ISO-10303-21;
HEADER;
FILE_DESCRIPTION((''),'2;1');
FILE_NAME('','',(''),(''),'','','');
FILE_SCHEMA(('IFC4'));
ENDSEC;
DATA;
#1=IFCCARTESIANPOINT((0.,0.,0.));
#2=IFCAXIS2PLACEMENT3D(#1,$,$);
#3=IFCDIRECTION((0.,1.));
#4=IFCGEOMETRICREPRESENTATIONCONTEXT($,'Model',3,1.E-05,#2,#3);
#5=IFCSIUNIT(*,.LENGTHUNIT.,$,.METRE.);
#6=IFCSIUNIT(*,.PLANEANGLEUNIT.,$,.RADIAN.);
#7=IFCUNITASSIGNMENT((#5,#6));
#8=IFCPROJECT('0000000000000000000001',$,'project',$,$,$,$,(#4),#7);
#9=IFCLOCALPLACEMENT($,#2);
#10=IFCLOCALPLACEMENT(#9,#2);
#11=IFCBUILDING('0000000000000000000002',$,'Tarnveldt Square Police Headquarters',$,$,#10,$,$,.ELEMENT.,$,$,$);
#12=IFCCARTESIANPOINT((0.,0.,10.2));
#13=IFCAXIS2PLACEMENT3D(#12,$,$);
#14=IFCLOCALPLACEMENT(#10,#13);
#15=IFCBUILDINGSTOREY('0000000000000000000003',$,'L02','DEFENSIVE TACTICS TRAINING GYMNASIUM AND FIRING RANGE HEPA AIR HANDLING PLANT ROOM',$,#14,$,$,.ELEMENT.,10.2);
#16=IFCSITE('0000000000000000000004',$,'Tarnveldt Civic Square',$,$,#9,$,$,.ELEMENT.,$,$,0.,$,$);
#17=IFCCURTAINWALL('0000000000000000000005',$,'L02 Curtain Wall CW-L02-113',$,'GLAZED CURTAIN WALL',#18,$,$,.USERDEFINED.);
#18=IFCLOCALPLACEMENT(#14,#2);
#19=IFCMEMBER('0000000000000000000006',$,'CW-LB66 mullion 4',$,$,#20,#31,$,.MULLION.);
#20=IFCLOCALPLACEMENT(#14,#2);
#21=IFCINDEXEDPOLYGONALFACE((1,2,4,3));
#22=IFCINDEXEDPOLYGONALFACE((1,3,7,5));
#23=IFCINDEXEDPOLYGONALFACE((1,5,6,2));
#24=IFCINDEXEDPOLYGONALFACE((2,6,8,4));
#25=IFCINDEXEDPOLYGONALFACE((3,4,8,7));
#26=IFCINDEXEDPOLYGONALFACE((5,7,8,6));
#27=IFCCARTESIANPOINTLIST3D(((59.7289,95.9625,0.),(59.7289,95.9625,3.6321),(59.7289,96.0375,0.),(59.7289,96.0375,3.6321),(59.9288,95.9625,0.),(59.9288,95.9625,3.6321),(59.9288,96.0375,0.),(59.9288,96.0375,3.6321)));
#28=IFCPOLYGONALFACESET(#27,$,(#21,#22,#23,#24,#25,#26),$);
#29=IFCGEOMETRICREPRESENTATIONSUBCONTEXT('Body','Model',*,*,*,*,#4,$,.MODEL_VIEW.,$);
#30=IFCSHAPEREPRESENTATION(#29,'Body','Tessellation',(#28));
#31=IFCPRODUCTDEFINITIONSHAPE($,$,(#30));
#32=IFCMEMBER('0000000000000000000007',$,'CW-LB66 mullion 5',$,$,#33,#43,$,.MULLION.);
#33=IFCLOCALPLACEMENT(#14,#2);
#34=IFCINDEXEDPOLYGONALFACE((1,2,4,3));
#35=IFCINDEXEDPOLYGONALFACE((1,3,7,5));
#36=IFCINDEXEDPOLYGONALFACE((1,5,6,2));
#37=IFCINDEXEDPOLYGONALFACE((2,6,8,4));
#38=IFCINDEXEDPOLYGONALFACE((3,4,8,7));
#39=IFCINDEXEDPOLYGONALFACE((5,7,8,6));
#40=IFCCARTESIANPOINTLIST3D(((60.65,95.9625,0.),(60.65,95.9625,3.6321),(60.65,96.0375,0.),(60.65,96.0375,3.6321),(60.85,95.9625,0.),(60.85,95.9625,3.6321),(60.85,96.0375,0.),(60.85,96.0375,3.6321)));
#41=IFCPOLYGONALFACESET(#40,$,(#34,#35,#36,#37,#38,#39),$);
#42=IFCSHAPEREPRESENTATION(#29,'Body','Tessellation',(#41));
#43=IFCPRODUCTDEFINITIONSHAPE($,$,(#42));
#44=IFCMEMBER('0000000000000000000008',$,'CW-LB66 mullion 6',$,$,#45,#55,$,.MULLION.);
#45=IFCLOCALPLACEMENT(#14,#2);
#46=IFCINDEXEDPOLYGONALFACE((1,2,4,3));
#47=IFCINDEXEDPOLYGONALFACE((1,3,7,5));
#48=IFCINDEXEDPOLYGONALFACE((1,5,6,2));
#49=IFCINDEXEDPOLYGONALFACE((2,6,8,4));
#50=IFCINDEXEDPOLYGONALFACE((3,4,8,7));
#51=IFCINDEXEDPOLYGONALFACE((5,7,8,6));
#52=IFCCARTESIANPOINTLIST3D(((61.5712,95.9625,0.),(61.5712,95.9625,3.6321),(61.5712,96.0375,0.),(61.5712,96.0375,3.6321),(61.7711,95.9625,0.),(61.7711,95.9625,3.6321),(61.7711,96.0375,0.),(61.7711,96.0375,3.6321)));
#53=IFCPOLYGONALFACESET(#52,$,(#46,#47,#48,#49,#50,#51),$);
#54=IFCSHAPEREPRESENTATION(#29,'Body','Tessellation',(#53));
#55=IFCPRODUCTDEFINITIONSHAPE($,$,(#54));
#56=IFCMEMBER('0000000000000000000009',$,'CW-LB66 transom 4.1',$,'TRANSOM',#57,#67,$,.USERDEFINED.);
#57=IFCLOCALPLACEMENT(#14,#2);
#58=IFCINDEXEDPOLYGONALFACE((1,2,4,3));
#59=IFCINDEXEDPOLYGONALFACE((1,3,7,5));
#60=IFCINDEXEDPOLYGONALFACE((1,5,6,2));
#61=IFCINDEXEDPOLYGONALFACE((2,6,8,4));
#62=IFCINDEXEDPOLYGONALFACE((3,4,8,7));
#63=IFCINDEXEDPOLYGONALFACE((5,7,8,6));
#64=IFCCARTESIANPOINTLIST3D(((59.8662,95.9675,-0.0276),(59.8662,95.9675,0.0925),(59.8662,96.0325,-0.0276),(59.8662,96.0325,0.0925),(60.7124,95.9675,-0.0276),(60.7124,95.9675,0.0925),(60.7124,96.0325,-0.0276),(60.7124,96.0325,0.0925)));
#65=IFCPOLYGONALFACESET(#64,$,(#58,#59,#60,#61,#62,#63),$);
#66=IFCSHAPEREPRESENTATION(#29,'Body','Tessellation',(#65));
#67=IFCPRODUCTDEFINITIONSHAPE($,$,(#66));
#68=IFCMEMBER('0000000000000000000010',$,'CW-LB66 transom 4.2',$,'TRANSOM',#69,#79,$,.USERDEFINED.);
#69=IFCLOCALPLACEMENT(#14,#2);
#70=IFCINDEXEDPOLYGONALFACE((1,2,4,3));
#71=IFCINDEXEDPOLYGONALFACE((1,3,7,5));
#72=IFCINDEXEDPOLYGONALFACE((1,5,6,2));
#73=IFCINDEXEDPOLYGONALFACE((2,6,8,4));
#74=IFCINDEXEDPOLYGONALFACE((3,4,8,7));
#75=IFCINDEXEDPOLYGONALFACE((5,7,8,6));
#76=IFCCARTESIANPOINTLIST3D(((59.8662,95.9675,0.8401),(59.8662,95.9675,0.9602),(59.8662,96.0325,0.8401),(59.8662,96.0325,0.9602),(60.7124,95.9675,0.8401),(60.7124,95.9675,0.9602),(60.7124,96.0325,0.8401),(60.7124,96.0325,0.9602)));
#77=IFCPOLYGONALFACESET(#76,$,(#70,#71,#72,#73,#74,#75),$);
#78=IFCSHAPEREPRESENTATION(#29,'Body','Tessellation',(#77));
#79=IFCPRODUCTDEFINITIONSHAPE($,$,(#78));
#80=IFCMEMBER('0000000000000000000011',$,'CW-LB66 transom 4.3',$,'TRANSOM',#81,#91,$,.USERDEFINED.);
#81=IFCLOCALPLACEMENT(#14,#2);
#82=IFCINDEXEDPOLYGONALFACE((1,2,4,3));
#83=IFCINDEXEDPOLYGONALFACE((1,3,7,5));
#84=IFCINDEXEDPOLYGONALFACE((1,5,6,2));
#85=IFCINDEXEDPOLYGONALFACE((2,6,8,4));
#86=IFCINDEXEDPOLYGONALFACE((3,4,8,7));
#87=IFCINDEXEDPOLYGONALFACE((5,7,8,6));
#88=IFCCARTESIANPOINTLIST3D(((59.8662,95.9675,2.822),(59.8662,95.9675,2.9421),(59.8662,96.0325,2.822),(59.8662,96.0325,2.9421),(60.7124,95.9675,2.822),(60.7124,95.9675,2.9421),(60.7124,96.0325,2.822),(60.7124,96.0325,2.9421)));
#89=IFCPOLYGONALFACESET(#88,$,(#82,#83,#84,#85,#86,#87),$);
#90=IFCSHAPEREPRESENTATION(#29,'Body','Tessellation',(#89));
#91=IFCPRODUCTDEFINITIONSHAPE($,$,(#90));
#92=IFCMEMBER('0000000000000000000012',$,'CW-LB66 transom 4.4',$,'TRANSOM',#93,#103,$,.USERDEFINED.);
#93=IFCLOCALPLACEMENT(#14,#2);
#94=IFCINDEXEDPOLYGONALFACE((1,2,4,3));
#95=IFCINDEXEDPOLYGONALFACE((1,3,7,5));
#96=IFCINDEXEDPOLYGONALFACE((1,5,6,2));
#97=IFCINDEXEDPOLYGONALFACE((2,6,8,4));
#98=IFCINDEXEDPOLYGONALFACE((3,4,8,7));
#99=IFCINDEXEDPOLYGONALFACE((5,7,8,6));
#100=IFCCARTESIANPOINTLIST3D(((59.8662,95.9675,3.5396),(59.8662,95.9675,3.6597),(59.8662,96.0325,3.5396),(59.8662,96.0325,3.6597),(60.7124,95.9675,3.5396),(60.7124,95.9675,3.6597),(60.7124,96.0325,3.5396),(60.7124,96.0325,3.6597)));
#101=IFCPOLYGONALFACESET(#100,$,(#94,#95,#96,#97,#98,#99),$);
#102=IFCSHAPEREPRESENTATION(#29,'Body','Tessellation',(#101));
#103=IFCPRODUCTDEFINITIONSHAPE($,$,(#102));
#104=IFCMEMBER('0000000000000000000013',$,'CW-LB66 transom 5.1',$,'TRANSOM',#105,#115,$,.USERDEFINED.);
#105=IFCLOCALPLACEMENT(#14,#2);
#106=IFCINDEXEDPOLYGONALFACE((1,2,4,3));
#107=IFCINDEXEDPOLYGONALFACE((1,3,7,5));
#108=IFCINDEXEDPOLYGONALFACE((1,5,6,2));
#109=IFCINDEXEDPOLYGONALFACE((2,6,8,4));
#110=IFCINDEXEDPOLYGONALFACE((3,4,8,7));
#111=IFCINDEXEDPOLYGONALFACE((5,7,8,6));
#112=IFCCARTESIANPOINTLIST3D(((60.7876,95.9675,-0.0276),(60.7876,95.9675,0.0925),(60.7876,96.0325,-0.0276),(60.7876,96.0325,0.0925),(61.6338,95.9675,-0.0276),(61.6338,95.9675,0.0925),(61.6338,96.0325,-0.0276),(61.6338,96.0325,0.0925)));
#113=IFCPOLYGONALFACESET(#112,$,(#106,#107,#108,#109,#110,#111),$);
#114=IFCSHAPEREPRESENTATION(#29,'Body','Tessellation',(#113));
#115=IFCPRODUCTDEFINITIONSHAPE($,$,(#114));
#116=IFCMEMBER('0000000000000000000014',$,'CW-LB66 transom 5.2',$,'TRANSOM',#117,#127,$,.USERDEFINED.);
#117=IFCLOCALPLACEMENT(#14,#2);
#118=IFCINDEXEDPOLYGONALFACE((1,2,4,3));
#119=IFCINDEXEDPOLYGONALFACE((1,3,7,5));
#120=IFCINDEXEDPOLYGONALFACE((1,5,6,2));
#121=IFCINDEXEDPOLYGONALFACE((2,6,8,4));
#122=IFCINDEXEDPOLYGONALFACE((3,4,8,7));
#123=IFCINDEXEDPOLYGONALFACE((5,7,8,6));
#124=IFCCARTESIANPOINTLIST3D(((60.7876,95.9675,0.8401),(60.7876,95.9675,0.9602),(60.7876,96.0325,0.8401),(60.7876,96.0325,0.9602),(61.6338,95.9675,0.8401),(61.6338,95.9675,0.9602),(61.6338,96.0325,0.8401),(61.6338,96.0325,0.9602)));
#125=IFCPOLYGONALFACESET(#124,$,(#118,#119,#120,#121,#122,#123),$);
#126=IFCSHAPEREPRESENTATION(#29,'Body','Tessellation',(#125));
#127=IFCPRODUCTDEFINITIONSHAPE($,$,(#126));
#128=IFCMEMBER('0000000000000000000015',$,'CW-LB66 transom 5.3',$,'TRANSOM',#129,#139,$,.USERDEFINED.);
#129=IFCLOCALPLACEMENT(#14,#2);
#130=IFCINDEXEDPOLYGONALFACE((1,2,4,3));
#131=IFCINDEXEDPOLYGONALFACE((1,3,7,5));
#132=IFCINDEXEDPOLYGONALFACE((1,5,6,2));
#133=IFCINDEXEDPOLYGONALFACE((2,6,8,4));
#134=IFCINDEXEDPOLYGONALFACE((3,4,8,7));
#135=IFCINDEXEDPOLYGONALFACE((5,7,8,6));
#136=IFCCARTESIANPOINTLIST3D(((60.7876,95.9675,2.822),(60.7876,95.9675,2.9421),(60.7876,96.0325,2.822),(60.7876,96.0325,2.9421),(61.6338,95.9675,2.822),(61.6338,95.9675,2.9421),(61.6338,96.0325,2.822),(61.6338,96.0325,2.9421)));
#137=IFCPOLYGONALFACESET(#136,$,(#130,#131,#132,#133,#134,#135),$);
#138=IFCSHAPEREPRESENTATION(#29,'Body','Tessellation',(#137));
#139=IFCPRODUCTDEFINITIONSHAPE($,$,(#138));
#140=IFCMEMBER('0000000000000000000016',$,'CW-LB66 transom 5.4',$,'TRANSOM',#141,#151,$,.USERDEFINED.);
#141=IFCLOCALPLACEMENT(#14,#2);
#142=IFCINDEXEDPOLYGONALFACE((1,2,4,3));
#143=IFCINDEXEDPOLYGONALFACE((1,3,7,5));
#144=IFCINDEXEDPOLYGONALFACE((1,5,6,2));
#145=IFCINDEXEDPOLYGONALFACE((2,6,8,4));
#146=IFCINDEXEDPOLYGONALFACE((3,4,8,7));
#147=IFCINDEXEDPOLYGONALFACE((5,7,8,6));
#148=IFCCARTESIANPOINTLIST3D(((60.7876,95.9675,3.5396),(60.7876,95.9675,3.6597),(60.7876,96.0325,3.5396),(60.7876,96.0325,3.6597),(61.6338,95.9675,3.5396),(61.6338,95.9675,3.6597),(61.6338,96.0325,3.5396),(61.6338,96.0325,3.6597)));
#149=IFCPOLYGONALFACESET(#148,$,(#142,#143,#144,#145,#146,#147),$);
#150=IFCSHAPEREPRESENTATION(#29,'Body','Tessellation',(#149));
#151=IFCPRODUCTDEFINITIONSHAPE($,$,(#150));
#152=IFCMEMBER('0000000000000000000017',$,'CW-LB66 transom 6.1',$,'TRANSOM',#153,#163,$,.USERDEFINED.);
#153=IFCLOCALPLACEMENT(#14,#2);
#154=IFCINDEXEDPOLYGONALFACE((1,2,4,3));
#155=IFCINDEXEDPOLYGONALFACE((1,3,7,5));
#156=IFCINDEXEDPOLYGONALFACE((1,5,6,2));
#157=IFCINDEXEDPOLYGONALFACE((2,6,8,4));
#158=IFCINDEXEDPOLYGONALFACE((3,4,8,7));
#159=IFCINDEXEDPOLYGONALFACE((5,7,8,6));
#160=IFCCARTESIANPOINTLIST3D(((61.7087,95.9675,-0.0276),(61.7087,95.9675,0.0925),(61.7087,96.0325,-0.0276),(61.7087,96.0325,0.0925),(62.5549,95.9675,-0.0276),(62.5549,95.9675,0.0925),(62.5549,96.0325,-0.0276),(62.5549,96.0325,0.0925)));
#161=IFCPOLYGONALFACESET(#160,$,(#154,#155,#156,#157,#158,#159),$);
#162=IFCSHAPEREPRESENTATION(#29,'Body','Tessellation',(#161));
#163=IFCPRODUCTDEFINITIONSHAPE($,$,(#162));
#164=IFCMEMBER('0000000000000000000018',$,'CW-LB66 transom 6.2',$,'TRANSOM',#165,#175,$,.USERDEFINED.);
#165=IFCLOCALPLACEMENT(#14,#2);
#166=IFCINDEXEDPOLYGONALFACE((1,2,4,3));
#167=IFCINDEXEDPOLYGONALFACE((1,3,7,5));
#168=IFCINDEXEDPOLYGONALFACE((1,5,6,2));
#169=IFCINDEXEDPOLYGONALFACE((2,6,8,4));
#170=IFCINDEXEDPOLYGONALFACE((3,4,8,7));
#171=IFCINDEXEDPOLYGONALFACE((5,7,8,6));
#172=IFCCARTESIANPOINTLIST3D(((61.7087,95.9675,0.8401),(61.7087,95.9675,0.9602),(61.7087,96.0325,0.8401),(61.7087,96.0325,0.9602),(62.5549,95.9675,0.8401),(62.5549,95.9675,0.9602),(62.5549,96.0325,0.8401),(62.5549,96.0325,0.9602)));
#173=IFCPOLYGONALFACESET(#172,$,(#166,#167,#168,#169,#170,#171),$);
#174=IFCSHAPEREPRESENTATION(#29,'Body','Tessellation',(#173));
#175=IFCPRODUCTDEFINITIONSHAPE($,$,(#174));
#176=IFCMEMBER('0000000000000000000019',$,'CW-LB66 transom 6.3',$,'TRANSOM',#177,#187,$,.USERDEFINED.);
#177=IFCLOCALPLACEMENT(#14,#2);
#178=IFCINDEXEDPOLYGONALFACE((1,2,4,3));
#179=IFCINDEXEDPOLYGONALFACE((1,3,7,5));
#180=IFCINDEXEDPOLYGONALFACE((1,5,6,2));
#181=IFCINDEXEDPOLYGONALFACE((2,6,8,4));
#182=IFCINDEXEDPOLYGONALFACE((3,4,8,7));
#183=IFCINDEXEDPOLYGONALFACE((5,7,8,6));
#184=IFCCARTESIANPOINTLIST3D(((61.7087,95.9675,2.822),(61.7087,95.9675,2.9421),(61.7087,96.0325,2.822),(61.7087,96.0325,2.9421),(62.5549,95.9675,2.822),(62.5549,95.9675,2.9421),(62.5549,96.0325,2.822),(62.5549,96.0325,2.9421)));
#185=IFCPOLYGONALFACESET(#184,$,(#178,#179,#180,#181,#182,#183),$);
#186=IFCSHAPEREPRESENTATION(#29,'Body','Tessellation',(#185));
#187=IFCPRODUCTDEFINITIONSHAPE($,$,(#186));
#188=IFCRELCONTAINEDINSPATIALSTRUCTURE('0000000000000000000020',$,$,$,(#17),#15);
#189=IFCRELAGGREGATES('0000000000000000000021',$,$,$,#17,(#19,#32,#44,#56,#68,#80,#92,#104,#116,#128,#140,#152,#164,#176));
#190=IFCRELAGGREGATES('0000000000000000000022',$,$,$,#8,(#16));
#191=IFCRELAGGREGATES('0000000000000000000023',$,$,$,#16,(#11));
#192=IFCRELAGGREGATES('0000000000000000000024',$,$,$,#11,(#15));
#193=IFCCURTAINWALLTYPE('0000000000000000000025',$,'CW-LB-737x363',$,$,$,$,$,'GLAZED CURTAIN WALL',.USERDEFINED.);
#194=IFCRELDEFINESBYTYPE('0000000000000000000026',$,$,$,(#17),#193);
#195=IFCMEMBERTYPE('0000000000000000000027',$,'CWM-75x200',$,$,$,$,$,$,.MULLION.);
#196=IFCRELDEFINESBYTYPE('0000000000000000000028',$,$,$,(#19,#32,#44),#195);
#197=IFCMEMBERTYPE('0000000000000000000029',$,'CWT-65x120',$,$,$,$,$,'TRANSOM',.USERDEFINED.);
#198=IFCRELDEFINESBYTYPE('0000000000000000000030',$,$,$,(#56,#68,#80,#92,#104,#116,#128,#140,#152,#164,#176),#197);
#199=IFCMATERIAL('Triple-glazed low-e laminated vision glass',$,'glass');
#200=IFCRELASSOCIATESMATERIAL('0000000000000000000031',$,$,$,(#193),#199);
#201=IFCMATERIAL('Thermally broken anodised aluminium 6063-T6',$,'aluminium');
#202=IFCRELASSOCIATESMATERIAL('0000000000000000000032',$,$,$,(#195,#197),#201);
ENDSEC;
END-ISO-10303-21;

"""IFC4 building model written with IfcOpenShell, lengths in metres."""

from ifc_helpers import new_model, si_unit, direction, frame, origin, origin_2d, place, context, subcontext, project, spatial, rectangle, extrude, material, material_profile, profile_set, type_object, element, aggregate, save


model = new_model("IFC4")

# Units and contexts
model_context = context("Model", 3, precision=1e-05, world=origin(), true_north=direction((0.0, 1.0)))
body_context = subcontext(model_context, "Body", "Model", "MODEL_VIEW")
ifc_project = project(units=[si_unit("LENGTHUNIT", "METRE"), si_unit("PLANEANGLEUNIT", "RADIAN")], contexts=[model_context])

# Site, building, storey
site_placement = place(None, origin())
site = spatial("IfcSite", under=ifc_project, at=site_placement, Name="Tarnveldt Civic Square", CompositionType="ELEMENT", RefElevation=0.0)
building_placement = place(site_placement, origin())
building = spatial("IfcBuilding", under=site, at=building_placement, Name="Tarnveldt Square Police Headquarters", CompositionType="ELEMENT")
storey_placement = place(building_placement, frame((0.0, 0.0, 10.2)))
storey = spatial("IfcBuildingStorey", under=building, at=storey_placement, Name="L02", Description="DEFENSIVE TACTICS TRAINING GYMNASIUM AND FIRING RANGE HEPA AIR HANDLING PLANT ROOM", CompositionType="ELEMENT", Elevation=10.2)

# Curtain wall, members
ifc_material_1 = material(Name="Triple-glazed low-e laminated vision glass", Category="glass")
curtain_wall_type = type_object("IfcCurtainWallType", Name="CW-LB-737x363", ElementType="GLAZED CURTAIN WALL", PredefinedType="USERDEFINED", material=ifc_material_1)
curtain_wall_placement = place(storey_placement, origin())
curtain_wall = element("IfcCurtainWall", 1, at=curtain_wall_placement, inside=storey, type_object=curtain_wall_type, Name="L02 Curtain Wall CW-L02-113", ObjectType="GLAZED CURTAIN WALL", PredefinedType="USERDEFINED")
ifc_material_2 = material(Name="Thermally broken anodised aluminium 6063-T6", Category="aluminium")
ifc_material_profile_1 = material_profile(ifc_material_2, rectangle(XDim=0.075, YDim=0.2, at=origin_2d()), Name="CW-M75x200")
ifc_profile_set_1 = profile_set([ifc_material_profile_1], Name="Thermally broken anodised aluminium 6063-T6")
member_type_1 = type_object("IfcMemberType", Name="CWM-75x200", PredefinedType="MULLION", material=ifc_profile_set_1)
member_1_placement = place(storey_placement, frame((59.8289, 96.0, 0.0), z_axis=(0.0, 0.0, 1.0), x_axis=(0.0, 1.0, 0.0)))
member_1 = element("IfcMember", 2, at=member_1_placement, type_object=member_type_1, Name="CW-LB66 mullion 4", PredefinedType="MULLION", context=body_context, shape_type="SweptSolid", body=[
    extrude(rectangle(XDim=0.075, YDim=0.2, at=origin_2d()), origin(), (0.0, 0.0, 1.0), 3.6321),
])
member_2_placement = place(storey_placement, frame((60.75, 96.0, 0.0), z_axis=(0.0, 0.0, 1.0), x_axis=(0.0, 1.0, 0.0)))
member_2 = element("IfcMember", 3, at=member_2_placement, type_object=member_type_1, Name="CW-LB66 mullion 5", PredefinedType="MULLION", context=body_context, shape_type="SweptSolid", body=[
    extrude(rectangle(XDim=0.075, YDim=0.2, at=origin_2d()), origin(), (0.0, 0.0, 1.0), 3.6321),
])
member_3_placement = place(storey_placement, frame((61.6711, 96.0, 0.0), z_axis=(0.0, 0.0, 1.0), x_axis=(0.0, 1.0, 0.0)))
member_3 = element("IfcMember", 4, at=member_3_placement, type_object=member_type_1, Name="CW-LB66 mullion 6", PredefinedType="MULLION", context=body_context, shape_type="SweptSolid", body=[
    extrude(rectangle(XDim=0.075, YDim=0.2, at=origin_2d()), origin(), (0.0, 0.0, 1.0), 3.6321),
])
ifc_material_profile_2 = material_profile(ifc_material_2, rectangle(XDim=0.0649, YDim=0.1201, at=origin_2d()), Name="CW-T65x120")
ifc_profile_set_2 = profile_set([ifc_material_profile_2], Name="Thermally broken anodised aluminium 6063-T6")
member_type_2 = type_object("IfcMemberType", Name="CWT-65x120", ElementType="TRANSOM", PredefinedType="USERDEFINED", material=ifc_profile_set_2)
member_4_placement = place(storey_placement, frame((59.8662, 96.0, 0.0325), z_axis=(1.0, 0.0, 0.0), x_axis=(0.0, 1.0, 0.0)))
member_4 = element("IfcMember", 5, at=member_4_placement, type_object=member_type_2, Name="CW-LB66 transom 4.1", ObjectType="TRANSOM", PredefinedType="USERDEFINED", context=body_context, shape_type="SweptSolid", body=[
    extrude(rectangle(XDim=0.0649, YDim=0.1201, at=origin_2d()), origin(), (0.0, 0.0, 1.0), 0.8462),
])
member_5_placement = place(storey_placement, frame((59.8662, 96.0, 0.9001), z_axis=(1.0, 0.0, 0.0), x_axis=(0.0, 1.0, 0.0)))
member_5 = element("IfcMember", 6, at=member_5_placement, type_object=member_type_2, Name="CW-LB66 transom 4.2", ObjectType="TRANSOM", PredefinedType="USERDEFINED", context=body_context, shape_type="SweptSolid", body=[
    extrude(rectangle(XDim=0.0649, YDim=0.1201, at=origin_2d()), origin(), (0.0, 0.0, 1.0), 0.8462),
])
member_6_placement = place(storey_placement, frame((59.8662, 96.0, 2.8821), z_axis=(1.0, 0.0, 0.0), x_axis=(0.0, 1.0, 0.0)))
member_6 = element("IfcMember", 7, at=member_6_placement, type_object=member_type_2, Name="CW-LB66 transom 4.3", ObjectType="TRANSOM", PredefinedType="USERDEFINED", context=body_context, shape_type="SweptSolid", body=[
    extrude(rectangle(XDim=0.0649, YDim=0.1201, at=origin_2d()), origin(), (0.0, 0.0, 1.0), 0.8462),
])
member_7_placement = place(storey_placement, frame((59.8662, 96.0, 3.5996), z_axis=(1.0, 0.0, 0.0), x_axis=(0.0, 1.0, 0.0)))
member_7 = element("IfcMember", 8, at=member_7_placement, type_object=member_type_2, Name="CW-LB66 transom 4.4", ObjectType="TRANSOM", PredefinedType="USERDEFINED", context=body_context, shape_type="SweptSolid", body=[
    extrude(rectangle(XDim=0.0649, YDim=0.1201, at=origin_2d()), origin(), (0.0, 0.0, 1.0), 0.8462),
])
member_8_placement = place(storey_placement, frame((60.7876, 96.0, 0.0325), z_axis=(1.0, 0.0, 0.0), x_axis=(0.0, 1.0, 0.0)))
member_8 = element("IfcMember", 9, at=member_8_placement, type_object=member_type_2, Name="CW-LB66 transom 5.1", ObjectType="TRANSOM", PredefinedType="USERDEFINED", context=body_context, shape_type="SweptSolid", body=[
    extrude(rectangle(XDim=0.0649, YDim=0.1201, at=origin_2d()), origin(), (0.0, 0.0, 1.0), 0.8462),
])
member_9_placement = place(storey_placement, frame((60.7876, 96.0, 0.9001), z_axis=(1.0, 0.0, 0.0), x_axis=(0.0, 1.0, 0.0)))
member_9 = element("IfcMember", 10, at=member_9_placement, type_object=member_type_2, Name="CW-LB66 transom 5.2", ObjectType="TRANSOM", PredefinedType="USERDEFINED", context=body_context, shape_type="SweptSolid", body=[
    extrude(rectangle(XDim=0.0649, YDim=0.1201, at=origin_2d()), origin(), (0.0, 0.0, 1.0), 0.8462),
])
member_10_placement = place(storey_placement, frame((60.7876, 96.0, 2.8821), z_axis=(1.0, 0.0, 0.0), x_axis=(0.0, 1.0, 0.0)))
member_10 = element("IfcMember", 11, at=member_10_placement, type_object=member_type_2, Name="CW-LB66 transom 5.3", ObjectType="TRANSOM", PredefinedType="USERDEFINED", context=body_context, shape_type="SweptSolid", body=[
    extrude(rectangle(XDim=0.0649, YDim=0.1201, at=origin_2d()), origin(), (0.0, 0.0, 1.0), 0.8462),
])
member_11_placement = place(storey_placement, frame((60.7876, 96.0, 3.5996), z_axis=(1.0, 0.0, 0.0), x_axis=(0.0, 1.0, 0.0)))
member_11 = element("IfcMember", 12, at=member_11_placement, type_object=member_type_2, Name="CW-LB66 transom 5.4", ObjectType="TRANSOM", PredefinedType="USERDEFINED", context=body_context, shape_type="SweptSolid", body=[
    extrude(rectangle(XDim=0.0649, YDim=0.1201, at=origin_2d()), origin(), (0.0, 0.0, 1.0), 0.8462),
])
member_12_placement = place(storey_placement, frame((61.7087, 96.0, 0.0325), z_axis=(1.0, 0.0, 0.0), x_axis=(0.0, 1.0, 0.0)))
member_12 = element("IfcMember", 13, at=member_12_placement, type_object=member_type_2, Name="CW-LB66 transom 6.1", ObjectType="TRANSOM", PredefinedType="USERDEFINED", context=body_context, shape_type="SweptSolid", body=[
    extrude(rectangle(XDim=0.0649, YDim=0.1201, at=origin_2d()), origin(), (0.0, 0.0, 1.0), 0.8462),
])
member_13_placement = place(storey_placement, frame((61.7087, 96.0, 0.9001), z_axis=(1.0, 0.0, 0.0), x_axis=(0.0, 1.0, 0.0)))
member_13 = element("IfcMember", 14, at=member_13_placement, type_object=member_type_2, Name="CW-LB66 transom 6.2", ObjectType="TRANSOM", PredefinedType="USERDEFINED", context=body_context, shape_type="SweptSolid", body=[
    extrude(rectangle(XDim=0.0649, YDim=0.1201, at=origin_2d()), origin(), (0.0, 0.0, 1.0), 0.8462),
])
member_14_placement = place(storey_placement, frame((61.7087, 96.0, 2.8821), z_axis=(1.0, 0.0, 0.0), x_axis=(0.0, 1.0, 0.0)))
member_14 = element("IfcMember", 15, at=member_14_placement, type_object=member_type_2, Name="CW-LB66 transom 6.3", ObjectType="TRANSOM", PredefinedType="USERDEFINED", context=body_context, shape_type="SweptSolid", body=[
    extrude(rectangle(XDim=0.0649, YDim=0.1201, at=origin_2d()), origin(), (0.0, 0.0, 1.0), 0.8462),
])
aggregate(curtain_wall, [member_1, member_2, member_3, member_4, member_5, member_6, member_7, member_8, member_9, member_10, member_11, member_12, member_13, member_14])

save(model, "model.ifc")
